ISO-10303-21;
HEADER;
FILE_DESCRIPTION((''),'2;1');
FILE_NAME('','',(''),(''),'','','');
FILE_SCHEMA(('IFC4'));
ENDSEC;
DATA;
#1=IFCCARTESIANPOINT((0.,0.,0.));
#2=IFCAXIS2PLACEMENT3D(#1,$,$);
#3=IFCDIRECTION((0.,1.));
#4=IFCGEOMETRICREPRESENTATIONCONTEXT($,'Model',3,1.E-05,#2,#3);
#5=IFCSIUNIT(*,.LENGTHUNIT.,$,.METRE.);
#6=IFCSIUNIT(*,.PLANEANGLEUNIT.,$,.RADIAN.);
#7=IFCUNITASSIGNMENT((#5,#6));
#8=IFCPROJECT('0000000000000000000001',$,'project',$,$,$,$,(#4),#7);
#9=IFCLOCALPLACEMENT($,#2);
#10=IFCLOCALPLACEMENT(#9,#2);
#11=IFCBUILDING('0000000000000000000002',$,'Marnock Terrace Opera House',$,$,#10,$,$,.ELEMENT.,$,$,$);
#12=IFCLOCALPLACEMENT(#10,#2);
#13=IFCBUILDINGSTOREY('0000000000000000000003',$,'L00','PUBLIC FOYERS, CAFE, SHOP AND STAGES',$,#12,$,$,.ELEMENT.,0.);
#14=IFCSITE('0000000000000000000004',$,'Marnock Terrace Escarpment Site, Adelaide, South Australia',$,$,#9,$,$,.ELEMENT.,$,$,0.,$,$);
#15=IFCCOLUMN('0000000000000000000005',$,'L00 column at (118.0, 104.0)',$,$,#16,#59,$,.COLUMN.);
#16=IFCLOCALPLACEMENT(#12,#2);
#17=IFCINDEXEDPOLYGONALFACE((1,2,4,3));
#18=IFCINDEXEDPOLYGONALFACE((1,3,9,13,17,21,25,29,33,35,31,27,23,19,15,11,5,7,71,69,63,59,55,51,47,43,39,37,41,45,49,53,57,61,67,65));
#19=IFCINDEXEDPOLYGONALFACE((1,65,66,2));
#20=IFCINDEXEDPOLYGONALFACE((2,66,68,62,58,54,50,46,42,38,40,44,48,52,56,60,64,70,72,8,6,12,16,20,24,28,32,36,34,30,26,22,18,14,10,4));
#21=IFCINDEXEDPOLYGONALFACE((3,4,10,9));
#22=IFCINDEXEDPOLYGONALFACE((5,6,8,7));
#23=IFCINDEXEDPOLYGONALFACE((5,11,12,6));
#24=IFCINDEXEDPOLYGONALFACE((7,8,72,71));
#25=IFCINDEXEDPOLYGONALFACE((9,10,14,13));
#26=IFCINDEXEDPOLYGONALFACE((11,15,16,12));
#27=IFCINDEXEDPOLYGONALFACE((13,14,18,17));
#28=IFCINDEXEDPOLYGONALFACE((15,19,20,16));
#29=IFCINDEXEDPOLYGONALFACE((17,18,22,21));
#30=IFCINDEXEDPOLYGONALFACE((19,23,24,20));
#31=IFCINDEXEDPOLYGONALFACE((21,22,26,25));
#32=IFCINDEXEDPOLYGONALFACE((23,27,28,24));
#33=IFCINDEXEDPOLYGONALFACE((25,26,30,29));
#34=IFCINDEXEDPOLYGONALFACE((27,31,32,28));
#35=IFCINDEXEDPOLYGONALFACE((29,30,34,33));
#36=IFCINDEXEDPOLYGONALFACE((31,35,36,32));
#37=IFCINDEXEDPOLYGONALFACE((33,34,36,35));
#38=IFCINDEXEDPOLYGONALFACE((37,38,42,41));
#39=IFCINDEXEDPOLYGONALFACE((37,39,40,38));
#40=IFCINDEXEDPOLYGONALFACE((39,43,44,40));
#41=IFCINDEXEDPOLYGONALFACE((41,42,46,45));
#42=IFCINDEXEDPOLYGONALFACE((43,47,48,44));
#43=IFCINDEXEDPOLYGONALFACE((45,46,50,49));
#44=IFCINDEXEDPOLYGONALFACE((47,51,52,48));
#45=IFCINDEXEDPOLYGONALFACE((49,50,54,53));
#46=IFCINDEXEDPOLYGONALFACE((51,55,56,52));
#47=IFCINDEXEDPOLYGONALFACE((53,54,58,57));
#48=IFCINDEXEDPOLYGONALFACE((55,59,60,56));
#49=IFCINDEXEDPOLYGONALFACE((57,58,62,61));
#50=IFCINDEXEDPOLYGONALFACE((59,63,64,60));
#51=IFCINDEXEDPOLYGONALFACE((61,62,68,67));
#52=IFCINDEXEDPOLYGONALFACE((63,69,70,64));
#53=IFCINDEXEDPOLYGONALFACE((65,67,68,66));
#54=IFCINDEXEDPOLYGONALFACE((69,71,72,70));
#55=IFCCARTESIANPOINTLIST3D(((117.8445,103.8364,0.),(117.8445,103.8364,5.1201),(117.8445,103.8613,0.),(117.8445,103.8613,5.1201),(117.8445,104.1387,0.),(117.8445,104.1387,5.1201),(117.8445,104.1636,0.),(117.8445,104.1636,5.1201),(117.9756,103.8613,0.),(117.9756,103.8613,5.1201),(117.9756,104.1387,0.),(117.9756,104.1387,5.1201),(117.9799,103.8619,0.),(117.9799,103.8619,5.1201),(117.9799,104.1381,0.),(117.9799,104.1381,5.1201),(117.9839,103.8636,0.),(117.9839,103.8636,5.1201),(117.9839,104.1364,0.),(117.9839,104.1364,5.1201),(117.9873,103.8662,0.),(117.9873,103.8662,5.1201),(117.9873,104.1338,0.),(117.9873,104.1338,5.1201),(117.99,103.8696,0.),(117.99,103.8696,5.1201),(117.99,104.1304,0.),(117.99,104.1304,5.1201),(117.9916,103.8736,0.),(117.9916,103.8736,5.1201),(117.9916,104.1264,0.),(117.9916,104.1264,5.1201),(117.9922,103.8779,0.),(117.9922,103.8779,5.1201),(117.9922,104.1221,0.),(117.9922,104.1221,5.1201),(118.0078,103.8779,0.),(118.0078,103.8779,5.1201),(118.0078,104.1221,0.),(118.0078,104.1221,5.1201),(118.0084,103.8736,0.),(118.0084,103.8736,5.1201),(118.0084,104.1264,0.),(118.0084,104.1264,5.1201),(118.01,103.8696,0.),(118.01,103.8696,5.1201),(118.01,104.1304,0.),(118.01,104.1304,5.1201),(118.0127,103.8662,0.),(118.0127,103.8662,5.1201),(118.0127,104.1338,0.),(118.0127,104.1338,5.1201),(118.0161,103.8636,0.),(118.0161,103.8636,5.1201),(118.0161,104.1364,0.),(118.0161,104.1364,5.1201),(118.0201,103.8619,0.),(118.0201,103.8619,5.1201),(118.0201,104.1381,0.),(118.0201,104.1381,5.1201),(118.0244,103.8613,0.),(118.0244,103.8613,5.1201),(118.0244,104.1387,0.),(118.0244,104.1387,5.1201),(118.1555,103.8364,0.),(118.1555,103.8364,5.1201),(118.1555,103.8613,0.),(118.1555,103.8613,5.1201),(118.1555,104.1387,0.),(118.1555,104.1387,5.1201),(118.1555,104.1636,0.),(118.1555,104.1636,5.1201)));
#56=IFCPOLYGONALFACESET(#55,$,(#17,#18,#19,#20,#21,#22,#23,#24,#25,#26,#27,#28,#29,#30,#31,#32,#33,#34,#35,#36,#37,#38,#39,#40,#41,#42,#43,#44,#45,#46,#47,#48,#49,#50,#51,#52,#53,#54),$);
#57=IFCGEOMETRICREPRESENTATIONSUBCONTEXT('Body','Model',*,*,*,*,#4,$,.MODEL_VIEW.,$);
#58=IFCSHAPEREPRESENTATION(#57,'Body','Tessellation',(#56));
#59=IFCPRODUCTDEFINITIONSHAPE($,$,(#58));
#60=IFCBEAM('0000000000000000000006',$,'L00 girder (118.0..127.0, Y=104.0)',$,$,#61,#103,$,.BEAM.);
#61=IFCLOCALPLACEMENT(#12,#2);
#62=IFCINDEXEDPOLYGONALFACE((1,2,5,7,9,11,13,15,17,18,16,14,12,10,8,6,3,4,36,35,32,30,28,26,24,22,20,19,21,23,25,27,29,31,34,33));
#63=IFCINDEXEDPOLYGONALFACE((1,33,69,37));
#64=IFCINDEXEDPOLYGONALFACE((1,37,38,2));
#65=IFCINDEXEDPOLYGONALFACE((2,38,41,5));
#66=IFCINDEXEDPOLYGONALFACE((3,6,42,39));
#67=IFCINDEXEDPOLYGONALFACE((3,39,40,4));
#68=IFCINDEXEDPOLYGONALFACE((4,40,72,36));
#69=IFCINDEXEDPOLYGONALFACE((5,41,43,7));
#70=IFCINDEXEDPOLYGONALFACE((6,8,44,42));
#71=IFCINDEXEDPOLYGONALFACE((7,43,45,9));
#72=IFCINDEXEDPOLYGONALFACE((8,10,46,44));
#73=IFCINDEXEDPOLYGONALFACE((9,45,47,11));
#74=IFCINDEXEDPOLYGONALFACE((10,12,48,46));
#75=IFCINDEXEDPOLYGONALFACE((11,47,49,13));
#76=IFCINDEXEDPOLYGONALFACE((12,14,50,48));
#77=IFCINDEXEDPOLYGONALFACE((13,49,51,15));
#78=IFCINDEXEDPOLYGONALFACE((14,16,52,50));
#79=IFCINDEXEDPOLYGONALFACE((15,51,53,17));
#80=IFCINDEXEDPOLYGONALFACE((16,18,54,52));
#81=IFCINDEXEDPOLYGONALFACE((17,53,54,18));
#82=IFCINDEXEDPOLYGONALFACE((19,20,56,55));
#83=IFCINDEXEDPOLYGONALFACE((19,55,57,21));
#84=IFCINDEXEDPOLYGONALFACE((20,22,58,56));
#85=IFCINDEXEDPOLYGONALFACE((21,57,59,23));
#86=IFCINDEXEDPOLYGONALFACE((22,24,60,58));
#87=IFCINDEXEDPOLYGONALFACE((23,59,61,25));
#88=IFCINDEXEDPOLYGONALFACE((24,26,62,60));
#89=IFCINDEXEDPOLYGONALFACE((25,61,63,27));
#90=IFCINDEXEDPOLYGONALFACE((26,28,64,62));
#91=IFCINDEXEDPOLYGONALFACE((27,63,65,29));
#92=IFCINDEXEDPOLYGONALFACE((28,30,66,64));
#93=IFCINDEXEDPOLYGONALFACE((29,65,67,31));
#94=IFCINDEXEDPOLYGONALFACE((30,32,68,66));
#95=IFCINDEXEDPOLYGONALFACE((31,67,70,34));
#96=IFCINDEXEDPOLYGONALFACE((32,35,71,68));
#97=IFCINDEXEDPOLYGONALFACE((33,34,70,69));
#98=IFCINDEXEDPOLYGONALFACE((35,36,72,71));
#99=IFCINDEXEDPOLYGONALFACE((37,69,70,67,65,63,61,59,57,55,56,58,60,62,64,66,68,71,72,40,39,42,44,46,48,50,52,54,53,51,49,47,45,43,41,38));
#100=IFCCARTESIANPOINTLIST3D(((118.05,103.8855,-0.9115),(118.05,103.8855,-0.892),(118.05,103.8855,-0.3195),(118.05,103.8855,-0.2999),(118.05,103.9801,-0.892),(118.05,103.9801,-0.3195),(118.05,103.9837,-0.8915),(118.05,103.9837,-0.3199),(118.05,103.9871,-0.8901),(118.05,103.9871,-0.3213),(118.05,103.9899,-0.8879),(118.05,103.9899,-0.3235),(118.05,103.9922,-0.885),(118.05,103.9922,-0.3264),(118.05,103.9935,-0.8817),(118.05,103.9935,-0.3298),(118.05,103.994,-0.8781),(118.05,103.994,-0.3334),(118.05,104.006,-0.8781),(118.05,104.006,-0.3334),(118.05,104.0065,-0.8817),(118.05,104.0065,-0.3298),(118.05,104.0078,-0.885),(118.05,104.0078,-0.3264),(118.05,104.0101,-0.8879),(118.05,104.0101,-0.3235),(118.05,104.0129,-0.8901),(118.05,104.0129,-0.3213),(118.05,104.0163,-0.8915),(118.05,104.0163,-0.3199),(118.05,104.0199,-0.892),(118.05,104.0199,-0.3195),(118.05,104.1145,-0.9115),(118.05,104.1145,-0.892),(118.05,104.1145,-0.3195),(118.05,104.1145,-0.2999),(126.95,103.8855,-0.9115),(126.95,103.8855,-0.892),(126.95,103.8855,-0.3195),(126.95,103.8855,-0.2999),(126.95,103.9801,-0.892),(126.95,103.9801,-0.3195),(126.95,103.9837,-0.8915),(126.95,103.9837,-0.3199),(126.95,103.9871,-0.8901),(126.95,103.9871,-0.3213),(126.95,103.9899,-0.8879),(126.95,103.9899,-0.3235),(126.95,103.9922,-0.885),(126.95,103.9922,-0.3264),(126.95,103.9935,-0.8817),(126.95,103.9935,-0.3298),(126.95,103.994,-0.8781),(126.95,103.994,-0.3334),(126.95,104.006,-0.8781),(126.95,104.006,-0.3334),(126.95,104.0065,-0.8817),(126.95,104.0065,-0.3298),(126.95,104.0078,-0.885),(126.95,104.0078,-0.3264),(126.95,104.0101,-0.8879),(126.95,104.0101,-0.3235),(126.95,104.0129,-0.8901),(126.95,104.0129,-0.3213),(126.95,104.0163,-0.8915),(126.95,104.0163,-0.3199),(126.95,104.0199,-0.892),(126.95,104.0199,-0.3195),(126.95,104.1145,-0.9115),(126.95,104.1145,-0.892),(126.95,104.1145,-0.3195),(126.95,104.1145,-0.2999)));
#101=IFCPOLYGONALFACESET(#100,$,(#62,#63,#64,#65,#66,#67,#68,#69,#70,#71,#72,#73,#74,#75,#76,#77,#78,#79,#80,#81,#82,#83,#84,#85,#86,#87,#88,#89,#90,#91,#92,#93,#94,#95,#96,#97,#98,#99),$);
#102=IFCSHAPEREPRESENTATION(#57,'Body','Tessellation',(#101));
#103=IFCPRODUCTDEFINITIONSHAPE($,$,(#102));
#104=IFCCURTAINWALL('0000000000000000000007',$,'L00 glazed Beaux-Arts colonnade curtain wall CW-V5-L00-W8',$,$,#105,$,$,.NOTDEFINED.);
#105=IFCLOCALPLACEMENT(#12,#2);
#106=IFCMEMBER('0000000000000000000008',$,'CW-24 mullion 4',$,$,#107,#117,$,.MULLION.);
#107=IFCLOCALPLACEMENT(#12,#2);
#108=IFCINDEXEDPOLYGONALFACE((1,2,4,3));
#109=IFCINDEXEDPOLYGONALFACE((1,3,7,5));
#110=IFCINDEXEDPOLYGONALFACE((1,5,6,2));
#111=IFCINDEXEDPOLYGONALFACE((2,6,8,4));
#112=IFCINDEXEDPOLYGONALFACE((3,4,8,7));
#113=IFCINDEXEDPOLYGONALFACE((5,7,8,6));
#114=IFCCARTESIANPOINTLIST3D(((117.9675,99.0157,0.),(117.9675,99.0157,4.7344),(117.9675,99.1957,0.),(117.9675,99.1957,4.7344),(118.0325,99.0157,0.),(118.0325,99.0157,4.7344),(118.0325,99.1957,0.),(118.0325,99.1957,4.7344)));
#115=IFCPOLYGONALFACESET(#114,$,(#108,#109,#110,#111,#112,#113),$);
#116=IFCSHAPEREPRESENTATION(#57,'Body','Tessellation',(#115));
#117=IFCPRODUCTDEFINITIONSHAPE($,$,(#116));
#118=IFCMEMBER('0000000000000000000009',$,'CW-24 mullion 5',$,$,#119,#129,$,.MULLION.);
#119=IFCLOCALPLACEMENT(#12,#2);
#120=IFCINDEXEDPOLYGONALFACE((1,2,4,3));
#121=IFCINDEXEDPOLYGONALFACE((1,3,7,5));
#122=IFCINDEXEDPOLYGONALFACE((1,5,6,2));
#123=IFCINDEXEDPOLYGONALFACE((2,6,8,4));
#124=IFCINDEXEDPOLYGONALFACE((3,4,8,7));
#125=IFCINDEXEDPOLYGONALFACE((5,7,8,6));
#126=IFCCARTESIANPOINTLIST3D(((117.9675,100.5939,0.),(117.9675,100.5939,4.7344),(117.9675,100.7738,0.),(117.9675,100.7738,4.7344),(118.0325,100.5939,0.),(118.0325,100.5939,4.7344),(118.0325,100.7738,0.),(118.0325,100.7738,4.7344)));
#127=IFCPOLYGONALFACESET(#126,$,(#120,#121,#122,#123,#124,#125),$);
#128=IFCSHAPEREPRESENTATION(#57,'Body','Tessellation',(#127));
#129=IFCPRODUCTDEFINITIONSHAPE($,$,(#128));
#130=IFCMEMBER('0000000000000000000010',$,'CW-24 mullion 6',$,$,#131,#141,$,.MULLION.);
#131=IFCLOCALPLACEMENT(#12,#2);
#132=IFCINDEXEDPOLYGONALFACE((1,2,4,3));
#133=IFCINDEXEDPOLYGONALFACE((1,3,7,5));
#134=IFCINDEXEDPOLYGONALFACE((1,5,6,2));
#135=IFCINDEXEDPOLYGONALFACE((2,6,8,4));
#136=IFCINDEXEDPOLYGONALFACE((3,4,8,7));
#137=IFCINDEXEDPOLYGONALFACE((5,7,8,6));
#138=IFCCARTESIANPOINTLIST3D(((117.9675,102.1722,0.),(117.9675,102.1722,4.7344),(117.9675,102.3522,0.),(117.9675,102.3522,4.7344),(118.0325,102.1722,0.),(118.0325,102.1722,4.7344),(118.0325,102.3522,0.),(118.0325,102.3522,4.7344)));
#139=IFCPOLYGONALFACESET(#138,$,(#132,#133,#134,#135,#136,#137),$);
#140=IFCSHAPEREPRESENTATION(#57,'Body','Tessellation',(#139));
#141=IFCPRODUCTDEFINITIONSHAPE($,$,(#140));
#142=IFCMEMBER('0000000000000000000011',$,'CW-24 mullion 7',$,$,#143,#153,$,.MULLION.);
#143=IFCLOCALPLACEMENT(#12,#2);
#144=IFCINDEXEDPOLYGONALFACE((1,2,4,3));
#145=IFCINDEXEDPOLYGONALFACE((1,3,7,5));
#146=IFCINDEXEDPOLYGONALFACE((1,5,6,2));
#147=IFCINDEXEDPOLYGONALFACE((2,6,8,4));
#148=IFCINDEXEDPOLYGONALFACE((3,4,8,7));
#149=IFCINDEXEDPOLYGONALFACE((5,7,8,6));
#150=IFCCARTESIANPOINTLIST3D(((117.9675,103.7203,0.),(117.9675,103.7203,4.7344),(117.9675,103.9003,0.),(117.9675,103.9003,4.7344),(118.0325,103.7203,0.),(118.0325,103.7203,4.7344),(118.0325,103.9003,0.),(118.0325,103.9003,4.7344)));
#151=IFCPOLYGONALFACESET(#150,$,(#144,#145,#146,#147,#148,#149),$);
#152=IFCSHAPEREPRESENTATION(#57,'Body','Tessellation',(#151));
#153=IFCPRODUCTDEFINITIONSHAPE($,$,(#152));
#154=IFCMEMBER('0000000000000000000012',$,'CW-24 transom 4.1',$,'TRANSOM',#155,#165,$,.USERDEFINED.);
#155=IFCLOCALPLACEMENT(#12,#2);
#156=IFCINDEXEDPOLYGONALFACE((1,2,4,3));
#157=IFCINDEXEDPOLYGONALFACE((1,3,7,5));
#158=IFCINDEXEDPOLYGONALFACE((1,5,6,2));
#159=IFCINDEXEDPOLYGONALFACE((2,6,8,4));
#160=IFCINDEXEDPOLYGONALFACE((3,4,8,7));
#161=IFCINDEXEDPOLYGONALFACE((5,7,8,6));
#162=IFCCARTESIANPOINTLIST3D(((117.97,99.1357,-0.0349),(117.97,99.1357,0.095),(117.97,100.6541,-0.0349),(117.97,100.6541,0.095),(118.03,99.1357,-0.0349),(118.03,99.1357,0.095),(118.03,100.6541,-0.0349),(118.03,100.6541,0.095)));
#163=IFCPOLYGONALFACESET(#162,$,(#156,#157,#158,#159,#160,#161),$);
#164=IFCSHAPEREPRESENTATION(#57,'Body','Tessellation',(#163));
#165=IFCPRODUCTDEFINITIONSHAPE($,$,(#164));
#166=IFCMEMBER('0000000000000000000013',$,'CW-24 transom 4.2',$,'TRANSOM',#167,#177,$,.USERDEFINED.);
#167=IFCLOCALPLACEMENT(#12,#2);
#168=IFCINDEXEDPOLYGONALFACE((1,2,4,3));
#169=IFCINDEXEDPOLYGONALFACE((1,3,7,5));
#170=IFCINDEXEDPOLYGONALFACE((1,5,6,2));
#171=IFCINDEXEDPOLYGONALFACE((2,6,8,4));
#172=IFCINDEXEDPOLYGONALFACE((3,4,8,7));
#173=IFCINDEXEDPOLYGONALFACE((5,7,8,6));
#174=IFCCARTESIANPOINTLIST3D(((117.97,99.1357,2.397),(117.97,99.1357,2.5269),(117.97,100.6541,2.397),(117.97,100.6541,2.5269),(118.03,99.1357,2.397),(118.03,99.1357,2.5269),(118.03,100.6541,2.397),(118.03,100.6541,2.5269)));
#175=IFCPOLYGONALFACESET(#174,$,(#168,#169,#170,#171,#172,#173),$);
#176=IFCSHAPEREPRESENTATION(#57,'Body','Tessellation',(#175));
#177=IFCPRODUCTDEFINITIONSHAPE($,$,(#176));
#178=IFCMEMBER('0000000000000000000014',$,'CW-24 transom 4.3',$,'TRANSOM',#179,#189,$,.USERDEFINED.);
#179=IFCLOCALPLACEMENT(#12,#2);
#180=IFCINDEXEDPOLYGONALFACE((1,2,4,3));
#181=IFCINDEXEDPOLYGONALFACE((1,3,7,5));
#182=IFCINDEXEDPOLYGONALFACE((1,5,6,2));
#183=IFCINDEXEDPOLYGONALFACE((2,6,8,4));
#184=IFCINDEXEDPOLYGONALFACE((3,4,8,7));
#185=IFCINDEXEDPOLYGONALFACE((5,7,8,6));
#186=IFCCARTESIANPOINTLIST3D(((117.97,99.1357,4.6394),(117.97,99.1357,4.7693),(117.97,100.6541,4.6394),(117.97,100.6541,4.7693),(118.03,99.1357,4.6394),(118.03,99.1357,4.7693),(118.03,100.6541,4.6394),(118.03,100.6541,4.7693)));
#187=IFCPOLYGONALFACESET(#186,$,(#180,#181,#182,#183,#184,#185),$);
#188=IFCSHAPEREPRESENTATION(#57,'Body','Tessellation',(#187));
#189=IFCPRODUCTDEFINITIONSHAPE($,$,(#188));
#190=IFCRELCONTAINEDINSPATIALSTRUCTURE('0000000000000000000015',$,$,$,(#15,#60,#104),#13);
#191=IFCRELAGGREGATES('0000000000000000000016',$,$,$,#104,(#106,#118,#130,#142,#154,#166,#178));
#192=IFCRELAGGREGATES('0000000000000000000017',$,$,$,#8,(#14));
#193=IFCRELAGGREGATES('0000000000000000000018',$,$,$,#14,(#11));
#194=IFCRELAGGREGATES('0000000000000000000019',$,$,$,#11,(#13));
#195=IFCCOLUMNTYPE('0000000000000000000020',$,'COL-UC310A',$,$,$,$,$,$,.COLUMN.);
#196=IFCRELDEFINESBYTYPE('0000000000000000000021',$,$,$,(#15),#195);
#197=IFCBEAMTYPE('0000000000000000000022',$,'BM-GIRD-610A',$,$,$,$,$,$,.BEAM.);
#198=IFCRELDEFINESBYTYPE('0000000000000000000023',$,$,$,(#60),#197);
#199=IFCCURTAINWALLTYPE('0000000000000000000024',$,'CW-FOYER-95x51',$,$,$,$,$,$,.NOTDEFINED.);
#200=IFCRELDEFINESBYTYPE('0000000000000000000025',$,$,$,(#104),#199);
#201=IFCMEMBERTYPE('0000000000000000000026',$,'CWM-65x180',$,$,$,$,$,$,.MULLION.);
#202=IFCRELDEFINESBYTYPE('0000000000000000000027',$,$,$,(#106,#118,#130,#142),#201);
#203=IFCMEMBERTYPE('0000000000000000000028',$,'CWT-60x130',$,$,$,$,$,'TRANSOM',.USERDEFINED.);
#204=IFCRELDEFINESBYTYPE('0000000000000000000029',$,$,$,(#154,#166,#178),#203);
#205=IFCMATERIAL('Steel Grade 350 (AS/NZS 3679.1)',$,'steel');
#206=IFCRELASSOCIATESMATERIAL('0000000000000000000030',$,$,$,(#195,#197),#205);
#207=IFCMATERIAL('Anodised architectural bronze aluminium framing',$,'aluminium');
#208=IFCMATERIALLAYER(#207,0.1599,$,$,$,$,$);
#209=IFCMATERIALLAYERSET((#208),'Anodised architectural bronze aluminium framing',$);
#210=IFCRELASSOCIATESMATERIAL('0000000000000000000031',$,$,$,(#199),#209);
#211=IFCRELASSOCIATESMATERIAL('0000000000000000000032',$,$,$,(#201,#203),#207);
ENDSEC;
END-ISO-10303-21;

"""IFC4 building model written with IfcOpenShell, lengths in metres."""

from ifc_helpers import new_model, si_unit, direction, frame, origin, origin_2d, place, context, subcontext, project, spatial, rectangle, i_section, extrude, material, layer, layer_set, material_profile, profile_set, type_object, element, aggregate, save


model = new_model("IFC4")

# Units and contexts
model_context = context("Model", 3, precision=1e-05, world=origin(), true_north=direction((0.0, 1.0)))
body_context = subcontext(model_context, "Body", "Model", "MODEL_VIEW")
ifc_project = project(units=[si_unit("LENGTHUNIT", "METRE"), si_unit("PLANEANGLEUNIT", "RADIAN")], contexts=[model_context])

# Site, building, storey
site_placement = place(None, origin())
site = spatial("IfcSite", under=ifc_project, at=site_placement, Name="Marnock Terrace Escarpment Site, Adelaide, South Australia", CompositionType="ELEMENT", RefElevation=0.0)
building_placement = place(site_placement, origin())
building = spatial("IfcBuilding", under=site, at=building_placement, Name="Marnock Terrace Opera House", CompositionType="ELEMENT")
storey_placement = place(building_placement, origin())
storey = spatial("IfcBuildingStorey", under=building, at=storey_placement, Name="L00", Description="PUBLIC FOYERS, CAFE, SHOP AND STAGES", CompositionType="ELEMENT", Elevation=0.0)

# Column
ifc_material_1 = material(Name="Steel Grade 350 (AS/NZS 3679.1)", Category="steel")
ifc_material_profile_1 = material_profile(ifc_material_1, i_section(OverallWidth=0.311, OverallDepth=0.3271, WebThickness=0.0156, FlangeThickness=0.0249, FilletRadius=0.0166, at=origin_2d()))
ifc_profile_set_1 = profile_set([ifc_material_profile_1], Name="Steel Grade 350 (AS/NZS 3679.1)")
column_type = type_object("IfcColumnType", Name="COL-UC310A", PredefinedType="COLUMN", material=ifc_profile_set_1)
column_placement = place(storey_placement, frame((118.0, 104.0, 0.0), z_axis=(0.0, 0.0, 1.0), x_axis=(1.0, 0.0, 0.0)))
element("IfcColumn", 1, at=column_placement, inside=storey, type_object=column_type, Name="L00 column at (118.0, 104.0)", PredefinedType="COLUMN", context=body_context, shape_type="SweptSolid", body=[
    extrude(i_section(OverallWidth=0.311, OverallDepth=0.3271, WebThickness=0.0156, FlangeThickness=0.0249, FilletRadius=0.0166, at=origin_2d()), origin(), (0.0, 0.0, 1.0), 5.1201),
])

# Beam
ifc_material_profile_2 = material_profile(ifc_material_1, i_section(OverallWidth=0.229, OverallDepth=0.6116, WebThickness=0.012, FlangeThickness=0.0195, FilletRadius=0.0139, at=origin_2d()))
ifc_profile_set_2 = profile_set([ifc_material_profile_2], Name="Steel Grade 350 (AS/NZS 3679.1)")
beam_type = type_object("IfcBeamType", Name="BM-GIRD-610A", PredefinedType="BEAM", material=ifc_profile_set_2)
beam_placement = place(storey_placement, frame((118.05, 104.0, -0.6057), z_axis=(1.0, 0.0, 0.0), x_axis=(0.0, 1.0, 0.0)))
element("IfcBeam", 2, at=beam_placement, inside=storey, type_object=beam_type, Name="L00 girder (118.0..127.0, Y=104.0)", PredefinedType="BEAM", context=body_context, shape_type="SweptSolid", body=[
    extrude(i_section(OverallWidth=0.229, OverallDepth=0.6116, WebThickness=0.012, FlangeThickness=0.0195, FilletRadius=0.0139, at=origin_2d()), origin(), (0.0, 0.0, 1.0), 8.8999),
])

# Curtain wall, members
ifc_material_2 = material(Name="Anodised architectural bronze aluminium framing", Category="aluminium")
ifc_layer_1 = layer(ifc_material_2, 0.1599)
ifc_layer_set_1 = layer_set([ifc_layer_1], Name="Anodised architectural bronze aluminium framing")
curtain_wall_type = type_object("IfcCurtainWallType", Name="CW-FOYER-95x51", PredefinedType="NOTDEFINED", material=ifc_layer_set_1)
curtain_wall_placement = place(storey_placement, origin())
curtain_wall = element("IfcCurtainWall", 3, at=curtain_wall_placement, inside=storey, type_object=curtain_wall_type, Name="L00 glazed Beaux-Arts colonnade curtain wall CW-V5-L00-W8", PredefinedType="NOTDEFINED")
ifc_material_profile_3 = material_profile(ifc_material_2, rectangle(XDim=0.0649, YDim=0.1799, at=origin_2d()))
ifc_profile_set_3 = profile_set([ifc_material_profile_3], Name="Anodised architectural bronze aluminium framing")
member_type_1 = type_object("IfcMemberType", Name="CWM-65x180", PredefinedType="MULLION", material=ifc_profile_set_3)
member_1_placement = place(storey_placement, frame((118.0, 99.1057, 0.0), z_axis=(0.0, 0.0, 1.0), x_axis=(-1.0, 0.0, 0.0)))
member_1 = element("IfcMember", 4, at=member_1_placement, type_object=member_type_1, Name="CW-24 mullion 4", PredefinedType="MULLION", context=body_context, shape_type="SweptSolid", body=[
    extrude(rectangle(XDim=0.0649, YDim=0.1799, at=origin_2d()), origin(), (0.0, 0.0, 1.0), 4.7344),
])
member_2_placement = place(storey_placement, frame((118.0, 100.6838, 0.0), z_axis=(0.0, 0.0, 1.0), x_axis=(-1.0, 0.0, 0.0)))
member_2 = element("IfcMember", 5, at=member_2_placement, type_object=member_type_1, Name="CW-24 mullion 5", PredefinedType="MULLION", context=body_context, shape_type="SweptSolid", body=[
    extrude(rectangle(XDim=0.0649, YDim=0.1799, at=origin_2d()), origin(), (0.0, 0.0, 1.0), 4.7344),
])
member_3_placement = place(storey_placement, frame((118.0, 102.2622, 0.0), z_axis=(0.0, 0.0, 1.0), x_axis=(-1.0, 0.0, 0.0)))
member_3 = element("IfcMember", 6, at=member_3_placement, type_object=member_type_1, Name="CW-24 mullion 6", PredefinedType="MULLION", context=body_context, shape_type="SweptSolid", body=[
    extrude(rectangle(XDim=0.0649, YDim=0.1799, at=origin_2d()), origin(), (0.0, 0.0, 1.0), 4.7344),
])
member_4_placement = place(storey_placement, frame((118.0, 103.8103, 0.0), z_axis=(0.0, 0.0, 1.0), x_axis=(-1.0, 0.0, 0.0)))
member_4 = element("IfcMember", 7, at=member_4_placement, type_object=member_type_1, Name="CW-24 mullion 7", PredefinedType="MULLION", context=body_context, shape_type="SweptSolid", body=[
    extrude(rectangle(XDim=0.0649, YDim=0.1799, at=origin_2d()), origin(), (0.0, 0.0, 1.0), 4.7344),
])
ifc_material_profile_4 = material_profile(ifc_material_2, rectangle(XDim=0.0601, YDim=0.1299, at=origin_2d()))
ifc_profile_set_4 = profile_set([ifc_material_profile_4], Name="Anodised architectural bronze aluminium framing")
member_type_2 = type_object("IfcMemberType", Name="CWT-60x130", ElementType="TRANSOM", PredefinedType="USERDEFINED", material=ifc_profile_set_4)
member_5_placement = place(storey_placement, frame((118.0, 99.1357, 0.03), z_axis=(0.0, 1.0, 0.0), x_axis=(-1.0, 0.0, 0.0)))
member_5 = element("IfcMember", 8, at=member_5_placement, type_object=member_type_2, Name="CW-24 transom 4.1", ObjectType="TRANSOM", PredefinedType="USERDEFINED", context=body_context, shape_type="SweptSolid", body=[
    extrude(rectangle(XDim=0.0601, YDim=0.1299, at=origin_2d()), origin(), (0.0, 0.0, 1.0), 1.5183),
])
member_6_placement = place(storey_placement, frame((118.0, 99.1357, 2.4619), z_axis=(0.0, 1.0, 0.0), x_axis=(-1.0, 0.0, 0.0)))
member_6 = element("IfcMember", 9, at=member_6_placement, type_object=member_type_2, Name="CW-24 transom 4.2", ObjectType="TRANSOM", PredefinedType="USERDEFINED", context=body_context, shape_type="SweptSolid", body=[
    extrude(rectangle(XDim=0.0601, YDim=0.1299, at=origin_2d()), origin(), (0.0, 0.0, 1.0), 1.5183),
])
member_7_placement = place(storey_placement, frame((118.0, 99.1357, 4.7043), z_axis=(0.0, 1.0, 0.0), x_axis=(-1.0, 0.0, 0.0)))
member_7 = element("IfcMember", 10, at=member_7_placement, type_object=member_type_2, Name="CW-24 transom 4.3", ObjectType="TRANSOM", PredefinedType="USERDEFINED", context=body_context, shape_type="SweptSolid", body=[
    extrude(rectangle(XDim=0.0601, YDim=0.1299, at=origin_2d()), origin(), (0.0, 0.0, 1.0), 1.5183),
])
aggregate(curtain_wall, [member_1, member_2, member_3, member_4, member_5, member_6, member_7])

save(model, "model.ifc")
